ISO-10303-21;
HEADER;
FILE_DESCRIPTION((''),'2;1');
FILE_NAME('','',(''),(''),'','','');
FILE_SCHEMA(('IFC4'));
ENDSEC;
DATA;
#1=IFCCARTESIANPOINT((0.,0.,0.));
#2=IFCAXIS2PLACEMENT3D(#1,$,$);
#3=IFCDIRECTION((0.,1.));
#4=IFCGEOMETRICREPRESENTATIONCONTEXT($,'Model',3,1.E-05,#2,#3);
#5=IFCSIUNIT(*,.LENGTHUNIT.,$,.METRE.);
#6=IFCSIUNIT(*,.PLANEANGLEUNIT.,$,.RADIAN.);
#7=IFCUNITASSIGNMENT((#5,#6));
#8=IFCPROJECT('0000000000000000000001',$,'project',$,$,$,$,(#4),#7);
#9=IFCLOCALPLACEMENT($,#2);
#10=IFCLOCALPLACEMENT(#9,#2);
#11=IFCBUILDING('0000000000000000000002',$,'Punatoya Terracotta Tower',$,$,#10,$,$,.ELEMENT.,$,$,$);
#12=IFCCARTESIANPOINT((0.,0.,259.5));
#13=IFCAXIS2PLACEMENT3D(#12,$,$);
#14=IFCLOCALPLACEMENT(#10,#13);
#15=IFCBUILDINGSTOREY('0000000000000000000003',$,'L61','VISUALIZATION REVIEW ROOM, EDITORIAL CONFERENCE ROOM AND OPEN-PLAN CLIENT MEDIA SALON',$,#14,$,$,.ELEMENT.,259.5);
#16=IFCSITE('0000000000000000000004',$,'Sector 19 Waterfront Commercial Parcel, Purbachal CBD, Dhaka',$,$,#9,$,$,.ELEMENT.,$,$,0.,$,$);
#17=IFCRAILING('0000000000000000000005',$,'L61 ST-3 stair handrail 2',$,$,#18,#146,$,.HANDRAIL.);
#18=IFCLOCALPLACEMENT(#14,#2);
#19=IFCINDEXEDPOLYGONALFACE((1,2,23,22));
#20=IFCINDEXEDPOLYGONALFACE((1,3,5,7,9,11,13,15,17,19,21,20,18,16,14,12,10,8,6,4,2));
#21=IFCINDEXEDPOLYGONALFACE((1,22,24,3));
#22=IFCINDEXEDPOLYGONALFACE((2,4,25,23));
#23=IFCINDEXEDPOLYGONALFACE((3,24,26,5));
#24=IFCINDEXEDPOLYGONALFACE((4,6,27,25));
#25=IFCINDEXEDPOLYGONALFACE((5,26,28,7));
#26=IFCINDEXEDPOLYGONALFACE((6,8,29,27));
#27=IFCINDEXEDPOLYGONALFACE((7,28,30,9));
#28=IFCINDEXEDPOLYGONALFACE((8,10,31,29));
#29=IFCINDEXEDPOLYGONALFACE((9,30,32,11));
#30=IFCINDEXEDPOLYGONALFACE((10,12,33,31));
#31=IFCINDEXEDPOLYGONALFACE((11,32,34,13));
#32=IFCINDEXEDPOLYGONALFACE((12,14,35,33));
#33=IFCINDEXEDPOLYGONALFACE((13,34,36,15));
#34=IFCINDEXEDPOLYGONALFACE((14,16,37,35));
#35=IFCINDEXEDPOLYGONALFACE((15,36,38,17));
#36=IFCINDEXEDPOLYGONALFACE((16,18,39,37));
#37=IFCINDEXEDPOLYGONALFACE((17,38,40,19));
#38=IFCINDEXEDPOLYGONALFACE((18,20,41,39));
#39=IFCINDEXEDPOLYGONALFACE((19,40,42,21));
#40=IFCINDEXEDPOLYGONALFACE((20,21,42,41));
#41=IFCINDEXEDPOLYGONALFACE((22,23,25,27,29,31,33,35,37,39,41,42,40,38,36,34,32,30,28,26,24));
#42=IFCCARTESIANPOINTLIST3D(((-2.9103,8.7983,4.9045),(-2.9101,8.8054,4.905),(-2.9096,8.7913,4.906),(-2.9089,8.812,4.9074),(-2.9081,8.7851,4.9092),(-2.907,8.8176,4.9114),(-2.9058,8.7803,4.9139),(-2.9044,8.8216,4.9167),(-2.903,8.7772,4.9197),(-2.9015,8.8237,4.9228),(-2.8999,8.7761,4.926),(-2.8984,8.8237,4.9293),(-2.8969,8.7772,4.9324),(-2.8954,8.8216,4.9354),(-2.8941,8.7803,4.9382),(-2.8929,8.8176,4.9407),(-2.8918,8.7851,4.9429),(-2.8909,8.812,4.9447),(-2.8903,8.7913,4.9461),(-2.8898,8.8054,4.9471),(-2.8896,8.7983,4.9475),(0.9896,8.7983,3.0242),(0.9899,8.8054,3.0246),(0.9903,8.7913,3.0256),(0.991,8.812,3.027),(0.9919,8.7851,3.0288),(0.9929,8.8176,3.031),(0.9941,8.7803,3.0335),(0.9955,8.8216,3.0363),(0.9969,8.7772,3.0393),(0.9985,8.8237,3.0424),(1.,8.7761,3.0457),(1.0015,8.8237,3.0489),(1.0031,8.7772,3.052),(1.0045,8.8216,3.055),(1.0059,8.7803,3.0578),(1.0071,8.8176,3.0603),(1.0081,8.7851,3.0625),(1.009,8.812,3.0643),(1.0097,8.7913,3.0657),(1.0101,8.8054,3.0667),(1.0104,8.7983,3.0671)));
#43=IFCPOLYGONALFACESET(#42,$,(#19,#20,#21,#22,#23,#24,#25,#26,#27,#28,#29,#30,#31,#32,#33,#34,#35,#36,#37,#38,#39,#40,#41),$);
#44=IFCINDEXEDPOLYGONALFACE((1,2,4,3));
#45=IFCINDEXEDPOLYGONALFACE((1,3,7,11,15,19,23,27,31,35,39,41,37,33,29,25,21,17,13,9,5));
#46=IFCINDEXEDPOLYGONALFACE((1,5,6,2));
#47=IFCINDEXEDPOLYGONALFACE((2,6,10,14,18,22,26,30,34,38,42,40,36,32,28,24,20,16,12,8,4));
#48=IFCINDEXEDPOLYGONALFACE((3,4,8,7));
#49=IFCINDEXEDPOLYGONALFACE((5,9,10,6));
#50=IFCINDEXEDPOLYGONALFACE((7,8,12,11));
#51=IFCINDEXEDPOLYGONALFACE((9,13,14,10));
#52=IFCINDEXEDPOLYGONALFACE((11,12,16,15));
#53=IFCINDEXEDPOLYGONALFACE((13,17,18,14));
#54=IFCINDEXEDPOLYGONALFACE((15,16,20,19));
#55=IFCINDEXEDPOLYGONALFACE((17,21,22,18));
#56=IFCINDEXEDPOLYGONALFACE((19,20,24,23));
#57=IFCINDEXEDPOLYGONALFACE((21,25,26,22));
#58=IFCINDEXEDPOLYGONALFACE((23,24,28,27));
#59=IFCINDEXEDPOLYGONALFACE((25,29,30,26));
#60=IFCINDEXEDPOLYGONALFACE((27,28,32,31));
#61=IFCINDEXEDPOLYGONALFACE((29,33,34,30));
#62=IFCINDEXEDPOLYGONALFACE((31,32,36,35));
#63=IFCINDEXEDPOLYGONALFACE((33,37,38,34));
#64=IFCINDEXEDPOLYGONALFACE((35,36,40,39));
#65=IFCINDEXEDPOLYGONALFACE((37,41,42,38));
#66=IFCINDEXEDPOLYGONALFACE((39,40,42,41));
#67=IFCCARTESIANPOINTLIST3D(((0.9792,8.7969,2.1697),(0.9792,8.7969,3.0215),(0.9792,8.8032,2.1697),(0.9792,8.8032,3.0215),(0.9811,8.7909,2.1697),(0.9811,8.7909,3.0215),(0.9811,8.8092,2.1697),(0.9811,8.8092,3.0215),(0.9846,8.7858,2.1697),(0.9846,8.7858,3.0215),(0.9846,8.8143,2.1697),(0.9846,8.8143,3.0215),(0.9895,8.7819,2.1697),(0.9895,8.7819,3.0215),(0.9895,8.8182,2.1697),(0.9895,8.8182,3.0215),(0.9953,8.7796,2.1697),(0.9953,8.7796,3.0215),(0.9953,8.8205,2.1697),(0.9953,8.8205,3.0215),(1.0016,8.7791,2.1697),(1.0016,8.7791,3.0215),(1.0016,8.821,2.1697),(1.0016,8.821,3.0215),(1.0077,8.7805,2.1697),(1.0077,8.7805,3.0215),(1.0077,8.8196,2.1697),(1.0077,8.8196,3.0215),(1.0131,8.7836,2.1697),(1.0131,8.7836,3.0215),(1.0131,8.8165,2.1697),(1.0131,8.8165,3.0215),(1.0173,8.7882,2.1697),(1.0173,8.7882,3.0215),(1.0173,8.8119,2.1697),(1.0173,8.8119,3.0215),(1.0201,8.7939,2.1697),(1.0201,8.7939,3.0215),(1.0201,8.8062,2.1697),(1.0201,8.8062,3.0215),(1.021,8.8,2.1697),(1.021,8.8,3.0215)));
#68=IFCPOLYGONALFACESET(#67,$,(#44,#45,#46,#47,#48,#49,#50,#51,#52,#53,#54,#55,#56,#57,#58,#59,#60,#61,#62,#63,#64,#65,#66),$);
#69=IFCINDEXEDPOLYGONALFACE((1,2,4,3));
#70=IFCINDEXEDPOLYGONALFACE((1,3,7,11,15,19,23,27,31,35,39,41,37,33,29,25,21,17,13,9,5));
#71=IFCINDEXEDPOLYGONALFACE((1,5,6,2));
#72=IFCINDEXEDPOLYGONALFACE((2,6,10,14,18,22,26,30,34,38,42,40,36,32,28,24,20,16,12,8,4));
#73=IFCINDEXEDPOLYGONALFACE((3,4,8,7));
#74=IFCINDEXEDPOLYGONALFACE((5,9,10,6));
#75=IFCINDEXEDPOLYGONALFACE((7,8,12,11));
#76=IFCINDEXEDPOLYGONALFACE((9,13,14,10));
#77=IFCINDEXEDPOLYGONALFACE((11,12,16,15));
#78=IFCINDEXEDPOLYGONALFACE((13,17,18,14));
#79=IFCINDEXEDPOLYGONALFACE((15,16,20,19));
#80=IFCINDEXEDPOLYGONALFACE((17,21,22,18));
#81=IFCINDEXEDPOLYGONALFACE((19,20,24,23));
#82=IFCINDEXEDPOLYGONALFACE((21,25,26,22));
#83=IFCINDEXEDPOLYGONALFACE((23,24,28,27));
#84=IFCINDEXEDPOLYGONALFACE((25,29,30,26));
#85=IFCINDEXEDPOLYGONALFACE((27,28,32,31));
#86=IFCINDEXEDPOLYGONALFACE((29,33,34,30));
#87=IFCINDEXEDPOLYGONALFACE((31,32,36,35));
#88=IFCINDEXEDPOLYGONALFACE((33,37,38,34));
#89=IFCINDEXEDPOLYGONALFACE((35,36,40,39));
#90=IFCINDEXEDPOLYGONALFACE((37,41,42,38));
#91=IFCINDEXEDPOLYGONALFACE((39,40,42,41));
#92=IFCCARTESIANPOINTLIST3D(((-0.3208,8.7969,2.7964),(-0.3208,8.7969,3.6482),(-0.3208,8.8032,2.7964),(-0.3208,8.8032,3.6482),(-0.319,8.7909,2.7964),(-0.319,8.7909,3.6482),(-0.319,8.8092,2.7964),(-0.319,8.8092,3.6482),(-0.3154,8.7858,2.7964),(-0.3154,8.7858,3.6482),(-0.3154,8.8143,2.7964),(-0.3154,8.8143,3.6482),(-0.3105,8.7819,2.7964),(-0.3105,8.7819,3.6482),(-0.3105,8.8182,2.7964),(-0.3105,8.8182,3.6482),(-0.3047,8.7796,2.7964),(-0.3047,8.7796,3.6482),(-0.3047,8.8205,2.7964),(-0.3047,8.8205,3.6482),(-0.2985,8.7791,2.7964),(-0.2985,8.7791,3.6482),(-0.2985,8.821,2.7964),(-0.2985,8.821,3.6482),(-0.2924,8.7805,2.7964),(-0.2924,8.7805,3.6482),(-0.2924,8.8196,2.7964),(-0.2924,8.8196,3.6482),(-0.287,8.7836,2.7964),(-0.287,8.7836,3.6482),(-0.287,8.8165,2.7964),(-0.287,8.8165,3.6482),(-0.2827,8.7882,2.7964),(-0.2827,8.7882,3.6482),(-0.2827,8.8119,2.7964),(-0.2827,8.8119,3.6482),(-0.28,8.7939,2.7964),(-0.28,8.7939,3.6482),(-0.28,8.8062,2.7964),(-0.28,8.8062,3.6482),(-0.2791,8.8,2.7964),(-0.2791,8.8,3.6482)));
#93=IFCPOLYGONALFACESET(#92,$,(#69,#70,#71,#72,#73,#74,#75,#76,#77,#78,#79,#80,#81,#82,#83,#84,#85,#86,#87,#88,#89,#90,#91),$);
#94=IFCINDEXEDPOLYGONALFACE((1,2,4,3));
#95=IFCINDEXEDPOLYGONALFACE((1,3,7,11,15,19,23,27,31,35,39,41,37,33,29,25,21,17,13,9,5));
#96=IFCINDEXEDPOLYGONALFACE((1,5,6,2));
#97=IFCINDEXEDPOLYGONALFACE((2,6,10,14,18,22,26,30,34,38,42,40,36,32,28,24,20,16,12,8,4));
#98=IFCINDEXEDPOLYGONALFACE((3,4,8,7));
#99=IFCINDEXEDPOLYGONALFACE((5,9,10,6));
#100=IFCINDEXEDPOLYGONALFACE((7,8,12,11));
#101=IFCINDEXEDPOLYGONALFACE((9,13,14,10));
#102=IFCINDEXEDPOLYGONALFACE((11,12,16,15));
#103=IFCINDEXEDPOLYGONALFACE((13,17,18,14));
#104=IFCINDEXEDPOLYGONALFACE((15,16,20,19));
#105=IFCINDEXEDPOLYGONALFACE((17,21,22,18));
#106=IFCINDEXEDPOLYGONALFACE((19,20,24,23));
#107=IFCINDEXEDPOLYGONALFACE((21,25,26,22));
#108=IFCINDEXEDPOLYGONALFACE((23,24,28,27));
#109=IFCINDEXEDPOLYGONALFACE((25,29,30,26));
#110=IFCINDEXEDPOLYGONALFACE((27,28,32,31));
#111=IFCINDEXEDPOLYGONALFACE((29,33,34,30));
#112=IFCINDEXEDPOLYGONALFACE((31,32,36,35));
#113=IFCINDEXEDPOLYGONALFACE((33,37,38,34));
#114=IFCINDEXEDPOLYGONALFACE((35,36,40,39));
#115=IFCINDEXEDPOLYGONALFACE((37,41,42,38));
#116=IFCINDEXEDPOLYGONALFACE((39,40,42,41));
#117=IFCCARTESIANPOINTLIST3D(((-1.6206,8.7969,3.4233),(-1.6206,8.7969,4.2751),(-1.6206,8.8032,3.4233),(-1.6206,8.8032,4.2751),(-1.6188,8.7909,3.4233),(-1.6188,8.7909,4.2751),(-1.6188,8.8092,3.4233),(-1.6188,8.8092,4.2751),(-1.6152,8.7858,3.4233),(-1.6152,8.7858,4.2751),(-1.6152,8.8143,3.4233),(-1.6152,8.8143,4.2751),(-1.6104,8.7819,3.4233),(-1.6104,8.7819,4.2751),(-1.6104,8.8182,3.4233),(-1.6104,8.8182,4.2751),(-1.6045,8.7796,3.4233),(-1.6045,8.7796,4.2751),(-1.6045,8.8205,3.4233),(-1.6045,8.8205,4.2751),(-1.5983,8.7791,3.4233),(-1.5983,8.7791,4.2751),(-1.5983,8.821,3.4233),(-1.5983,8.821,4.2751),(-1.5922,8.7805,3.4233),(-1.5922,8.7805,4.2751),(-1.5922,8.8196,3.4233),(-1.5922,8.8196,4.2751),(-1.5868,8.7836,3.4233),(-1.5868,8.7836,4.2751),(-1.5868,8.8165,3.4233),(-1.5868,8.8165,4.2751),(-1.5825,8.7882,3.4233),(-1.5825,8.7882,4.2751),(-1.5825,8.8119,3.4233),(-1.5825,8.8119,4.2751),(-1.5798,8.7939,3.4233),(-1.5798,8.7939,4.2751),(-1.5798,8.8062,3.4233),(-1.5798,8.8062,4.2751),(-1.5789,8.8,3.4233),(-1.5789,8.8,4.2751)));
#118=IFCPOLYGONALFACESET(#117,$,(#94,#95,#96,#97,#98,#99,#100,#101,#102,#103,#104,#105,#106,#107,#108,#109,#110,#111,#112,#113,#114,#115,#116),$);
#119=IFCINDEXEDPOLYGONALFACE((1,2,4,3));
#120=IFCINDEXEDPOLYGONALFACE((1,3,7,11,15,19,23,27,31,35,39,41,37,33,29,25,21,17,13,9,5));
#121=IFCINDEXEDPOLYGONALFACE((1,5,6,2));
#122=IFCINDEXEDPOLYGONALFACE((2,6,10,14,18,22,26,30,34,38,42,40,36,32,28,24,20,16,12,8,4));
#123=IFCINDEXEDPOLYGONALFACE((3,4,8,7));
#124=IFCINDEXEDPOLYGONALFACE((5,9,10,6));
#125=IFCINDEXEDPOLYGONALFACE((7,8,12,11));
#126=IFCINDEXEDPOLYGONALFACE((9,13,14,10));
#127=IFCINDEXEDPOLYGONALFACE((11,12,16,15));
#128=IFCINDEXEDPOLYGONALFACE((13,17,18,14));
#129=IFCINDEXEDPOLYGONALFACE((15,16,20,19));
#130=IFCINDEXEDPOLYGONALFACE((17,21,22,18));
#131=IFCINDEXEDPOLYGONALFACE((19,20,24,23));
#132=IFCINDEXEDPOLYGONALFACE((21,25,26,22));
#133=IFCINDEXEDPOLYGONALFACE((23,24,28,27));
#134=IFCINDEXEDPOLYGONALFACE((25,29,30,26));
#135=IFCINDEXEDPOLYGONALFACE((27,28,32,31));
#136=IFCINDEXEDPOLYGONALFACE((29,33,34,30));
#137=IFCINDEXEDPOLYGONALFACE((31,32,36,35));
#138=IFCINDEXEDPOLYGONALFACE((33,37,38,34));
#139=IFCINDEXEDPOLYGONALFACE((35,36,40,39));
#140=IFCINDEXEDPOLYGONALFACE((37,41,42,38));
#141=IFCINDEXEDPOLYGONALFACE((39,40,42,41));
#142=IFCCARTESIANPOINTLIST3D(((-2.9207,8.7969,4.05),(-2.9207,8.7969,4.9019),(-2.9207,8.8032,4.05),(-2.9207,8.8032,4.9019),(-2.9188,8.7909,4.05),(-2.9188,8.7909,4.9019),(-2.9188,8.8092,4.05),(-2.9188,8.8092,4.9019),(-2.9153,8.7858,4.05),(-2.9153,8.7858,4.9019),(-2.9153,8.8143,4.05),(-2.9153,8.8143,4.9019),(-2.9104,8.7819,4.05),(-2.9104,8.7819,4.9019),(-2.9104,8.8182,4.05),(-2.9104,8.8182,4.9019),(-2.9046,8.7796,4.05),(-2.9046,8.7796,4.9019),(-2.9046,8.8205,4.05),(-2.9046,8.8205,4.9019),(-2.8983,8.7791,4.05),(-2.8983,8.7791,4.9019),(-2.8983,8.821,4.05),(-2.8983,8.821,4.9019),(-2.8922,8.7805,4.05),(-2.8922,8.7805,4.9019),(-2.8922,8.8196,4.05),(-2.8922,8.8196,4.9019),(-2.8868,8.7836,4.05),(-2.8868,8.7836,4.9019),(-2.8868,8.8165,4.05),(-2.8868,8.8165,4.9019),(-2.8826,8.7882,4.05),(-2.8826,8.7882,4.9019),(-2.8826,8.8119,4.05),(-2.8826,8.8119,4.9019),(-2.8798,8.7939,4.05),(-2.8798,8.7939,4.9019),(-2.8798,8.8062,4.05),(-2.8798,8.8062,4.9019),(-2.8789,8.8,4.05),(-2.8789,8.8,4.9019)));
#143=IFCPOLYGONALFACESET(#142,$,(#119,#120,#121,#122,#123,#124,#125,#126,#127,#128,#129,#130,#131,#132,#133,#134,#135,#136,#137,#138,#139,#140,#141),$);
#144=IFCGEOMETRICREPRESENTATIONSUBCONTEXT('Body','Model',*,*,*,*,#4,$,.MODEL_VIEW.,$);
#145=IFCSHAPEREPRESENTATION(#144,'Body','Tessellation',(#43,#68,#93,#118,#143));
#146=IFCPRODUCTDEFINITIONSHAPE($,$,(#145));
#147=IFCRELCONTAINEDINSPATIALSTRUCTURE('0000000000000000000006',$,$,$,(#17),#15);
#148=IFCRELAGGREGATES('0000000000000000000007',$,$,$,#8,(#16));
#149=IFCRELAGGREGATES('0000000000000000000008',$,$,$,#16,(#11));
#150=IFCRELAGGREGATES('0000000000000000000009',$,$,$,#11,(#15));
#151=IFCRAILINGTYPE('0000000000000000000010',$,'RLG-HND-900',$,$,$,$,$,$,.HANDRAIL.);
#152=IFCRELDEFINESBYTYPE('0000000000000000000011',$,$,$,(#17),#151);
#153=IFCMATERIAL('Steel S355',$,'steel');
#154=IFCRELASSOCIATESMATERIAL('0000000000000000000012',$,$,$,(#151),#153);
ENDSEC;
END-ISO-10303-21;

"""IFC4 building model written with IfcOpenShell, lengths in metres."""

from ifc_helpers import new_model, si_unit, direction, frame, origin, origin_2d, place, context, subcontext, project, spatial, circle, extrude, material, type_object, element, save


model = new_model("IFC4")

# Units and contexts
model_context = context("Model", 3, precision=1e-05, world=origin(), true_north=direction((0.0, 1.0)))
body_context = subcontext(model_context, "Body", "Model", "MODEL_VIEW")
ifc_project = project(units=[si_unit("LENGTHUNIT", "METRE"), si_unit("PLANEANGLEUNIT", "RADIAN")], contexts=[model_context])

# Site, building, storey
site_placement = place(None, origin())
site = spatial("IfcSite", under=ifc_project, at=site_placement, Name="Sector 19 Waterfront Commercial Parcel, Purbachal CBD, Dhaka", CompositionType="ELEMENT", RefElevation=0.0)
building_placement = place(site_placement, origin())
building = spatial("IfcBuilding", under=site, at=building_placement, Name="Punatoya Terracotta Tower", CompositionType="ELEMENT")
storey_placement = place(building_placement, frame((0.0, 0.0, 259.5)))
storey = spatial("IfcBuildingStorey", under=building, at=storey_placement, Name="L61", Description="VISUALIZATION REVIEW ROOM, EDITORIAL CONFERENCE ROOM AND OPEN-PLAN CLIENT MEDIA SALON", CompositionType="ELEMENT", Elevation=259.5)

# Shared definitions
ifc_material_1 = material(Name="Steel S355", Category="steel")

# Railing
railing_type_1 = type_object("IfcRailingType", Name="RLG-HND-900", PredefinedType="HANDRAIL", material=ifc_material_1)
railing_1_placement = place(storey_placement, frame((1.0, 8.8, 2.1697)))
element("IfcRailing", 1, at=railing_1_placement, inside=storey, type_object=railing_type_1, Name="L61 ST-3 stair handrail 2", PredefinedType="HANDRAIL", context=body_context, shape_type="SweptSolid", body=[
    extrude(circle(Radius=0.0239, at=origin_2d()), frame((0.0, 0.0, 0.876), z_axis=(-0.900763, 0.0, 0.434311), x_axis=(0.0, -1.0, 0.0)), (0.0, 0.0, 1.0), 4.3296),
    extrude(circle(Radius=0.021, at=origin_2d()), origin(), (0.0, 0.0, 1.0), 0.8518),
    extrude(circle(Radius=0.021, at=origin_2d()), frame((-1.3, 0.0, 0.6267)), (0.0, 0.0, 1.0), 0.8518),
    extrude(circle(Radius=0.021, at=origin_2d()), frame((-2.5999, 0.0, 1.2537)), (0.0, 0.0, 1.0), 0.8518),
    extrude(circle(Radius=0.021, at=origin_2d()), frame((-3.8999, 0.0, 1.8804)), (0.0, 0.0, 1.0), 0.8518),
])

save(model, "model.ifc")
